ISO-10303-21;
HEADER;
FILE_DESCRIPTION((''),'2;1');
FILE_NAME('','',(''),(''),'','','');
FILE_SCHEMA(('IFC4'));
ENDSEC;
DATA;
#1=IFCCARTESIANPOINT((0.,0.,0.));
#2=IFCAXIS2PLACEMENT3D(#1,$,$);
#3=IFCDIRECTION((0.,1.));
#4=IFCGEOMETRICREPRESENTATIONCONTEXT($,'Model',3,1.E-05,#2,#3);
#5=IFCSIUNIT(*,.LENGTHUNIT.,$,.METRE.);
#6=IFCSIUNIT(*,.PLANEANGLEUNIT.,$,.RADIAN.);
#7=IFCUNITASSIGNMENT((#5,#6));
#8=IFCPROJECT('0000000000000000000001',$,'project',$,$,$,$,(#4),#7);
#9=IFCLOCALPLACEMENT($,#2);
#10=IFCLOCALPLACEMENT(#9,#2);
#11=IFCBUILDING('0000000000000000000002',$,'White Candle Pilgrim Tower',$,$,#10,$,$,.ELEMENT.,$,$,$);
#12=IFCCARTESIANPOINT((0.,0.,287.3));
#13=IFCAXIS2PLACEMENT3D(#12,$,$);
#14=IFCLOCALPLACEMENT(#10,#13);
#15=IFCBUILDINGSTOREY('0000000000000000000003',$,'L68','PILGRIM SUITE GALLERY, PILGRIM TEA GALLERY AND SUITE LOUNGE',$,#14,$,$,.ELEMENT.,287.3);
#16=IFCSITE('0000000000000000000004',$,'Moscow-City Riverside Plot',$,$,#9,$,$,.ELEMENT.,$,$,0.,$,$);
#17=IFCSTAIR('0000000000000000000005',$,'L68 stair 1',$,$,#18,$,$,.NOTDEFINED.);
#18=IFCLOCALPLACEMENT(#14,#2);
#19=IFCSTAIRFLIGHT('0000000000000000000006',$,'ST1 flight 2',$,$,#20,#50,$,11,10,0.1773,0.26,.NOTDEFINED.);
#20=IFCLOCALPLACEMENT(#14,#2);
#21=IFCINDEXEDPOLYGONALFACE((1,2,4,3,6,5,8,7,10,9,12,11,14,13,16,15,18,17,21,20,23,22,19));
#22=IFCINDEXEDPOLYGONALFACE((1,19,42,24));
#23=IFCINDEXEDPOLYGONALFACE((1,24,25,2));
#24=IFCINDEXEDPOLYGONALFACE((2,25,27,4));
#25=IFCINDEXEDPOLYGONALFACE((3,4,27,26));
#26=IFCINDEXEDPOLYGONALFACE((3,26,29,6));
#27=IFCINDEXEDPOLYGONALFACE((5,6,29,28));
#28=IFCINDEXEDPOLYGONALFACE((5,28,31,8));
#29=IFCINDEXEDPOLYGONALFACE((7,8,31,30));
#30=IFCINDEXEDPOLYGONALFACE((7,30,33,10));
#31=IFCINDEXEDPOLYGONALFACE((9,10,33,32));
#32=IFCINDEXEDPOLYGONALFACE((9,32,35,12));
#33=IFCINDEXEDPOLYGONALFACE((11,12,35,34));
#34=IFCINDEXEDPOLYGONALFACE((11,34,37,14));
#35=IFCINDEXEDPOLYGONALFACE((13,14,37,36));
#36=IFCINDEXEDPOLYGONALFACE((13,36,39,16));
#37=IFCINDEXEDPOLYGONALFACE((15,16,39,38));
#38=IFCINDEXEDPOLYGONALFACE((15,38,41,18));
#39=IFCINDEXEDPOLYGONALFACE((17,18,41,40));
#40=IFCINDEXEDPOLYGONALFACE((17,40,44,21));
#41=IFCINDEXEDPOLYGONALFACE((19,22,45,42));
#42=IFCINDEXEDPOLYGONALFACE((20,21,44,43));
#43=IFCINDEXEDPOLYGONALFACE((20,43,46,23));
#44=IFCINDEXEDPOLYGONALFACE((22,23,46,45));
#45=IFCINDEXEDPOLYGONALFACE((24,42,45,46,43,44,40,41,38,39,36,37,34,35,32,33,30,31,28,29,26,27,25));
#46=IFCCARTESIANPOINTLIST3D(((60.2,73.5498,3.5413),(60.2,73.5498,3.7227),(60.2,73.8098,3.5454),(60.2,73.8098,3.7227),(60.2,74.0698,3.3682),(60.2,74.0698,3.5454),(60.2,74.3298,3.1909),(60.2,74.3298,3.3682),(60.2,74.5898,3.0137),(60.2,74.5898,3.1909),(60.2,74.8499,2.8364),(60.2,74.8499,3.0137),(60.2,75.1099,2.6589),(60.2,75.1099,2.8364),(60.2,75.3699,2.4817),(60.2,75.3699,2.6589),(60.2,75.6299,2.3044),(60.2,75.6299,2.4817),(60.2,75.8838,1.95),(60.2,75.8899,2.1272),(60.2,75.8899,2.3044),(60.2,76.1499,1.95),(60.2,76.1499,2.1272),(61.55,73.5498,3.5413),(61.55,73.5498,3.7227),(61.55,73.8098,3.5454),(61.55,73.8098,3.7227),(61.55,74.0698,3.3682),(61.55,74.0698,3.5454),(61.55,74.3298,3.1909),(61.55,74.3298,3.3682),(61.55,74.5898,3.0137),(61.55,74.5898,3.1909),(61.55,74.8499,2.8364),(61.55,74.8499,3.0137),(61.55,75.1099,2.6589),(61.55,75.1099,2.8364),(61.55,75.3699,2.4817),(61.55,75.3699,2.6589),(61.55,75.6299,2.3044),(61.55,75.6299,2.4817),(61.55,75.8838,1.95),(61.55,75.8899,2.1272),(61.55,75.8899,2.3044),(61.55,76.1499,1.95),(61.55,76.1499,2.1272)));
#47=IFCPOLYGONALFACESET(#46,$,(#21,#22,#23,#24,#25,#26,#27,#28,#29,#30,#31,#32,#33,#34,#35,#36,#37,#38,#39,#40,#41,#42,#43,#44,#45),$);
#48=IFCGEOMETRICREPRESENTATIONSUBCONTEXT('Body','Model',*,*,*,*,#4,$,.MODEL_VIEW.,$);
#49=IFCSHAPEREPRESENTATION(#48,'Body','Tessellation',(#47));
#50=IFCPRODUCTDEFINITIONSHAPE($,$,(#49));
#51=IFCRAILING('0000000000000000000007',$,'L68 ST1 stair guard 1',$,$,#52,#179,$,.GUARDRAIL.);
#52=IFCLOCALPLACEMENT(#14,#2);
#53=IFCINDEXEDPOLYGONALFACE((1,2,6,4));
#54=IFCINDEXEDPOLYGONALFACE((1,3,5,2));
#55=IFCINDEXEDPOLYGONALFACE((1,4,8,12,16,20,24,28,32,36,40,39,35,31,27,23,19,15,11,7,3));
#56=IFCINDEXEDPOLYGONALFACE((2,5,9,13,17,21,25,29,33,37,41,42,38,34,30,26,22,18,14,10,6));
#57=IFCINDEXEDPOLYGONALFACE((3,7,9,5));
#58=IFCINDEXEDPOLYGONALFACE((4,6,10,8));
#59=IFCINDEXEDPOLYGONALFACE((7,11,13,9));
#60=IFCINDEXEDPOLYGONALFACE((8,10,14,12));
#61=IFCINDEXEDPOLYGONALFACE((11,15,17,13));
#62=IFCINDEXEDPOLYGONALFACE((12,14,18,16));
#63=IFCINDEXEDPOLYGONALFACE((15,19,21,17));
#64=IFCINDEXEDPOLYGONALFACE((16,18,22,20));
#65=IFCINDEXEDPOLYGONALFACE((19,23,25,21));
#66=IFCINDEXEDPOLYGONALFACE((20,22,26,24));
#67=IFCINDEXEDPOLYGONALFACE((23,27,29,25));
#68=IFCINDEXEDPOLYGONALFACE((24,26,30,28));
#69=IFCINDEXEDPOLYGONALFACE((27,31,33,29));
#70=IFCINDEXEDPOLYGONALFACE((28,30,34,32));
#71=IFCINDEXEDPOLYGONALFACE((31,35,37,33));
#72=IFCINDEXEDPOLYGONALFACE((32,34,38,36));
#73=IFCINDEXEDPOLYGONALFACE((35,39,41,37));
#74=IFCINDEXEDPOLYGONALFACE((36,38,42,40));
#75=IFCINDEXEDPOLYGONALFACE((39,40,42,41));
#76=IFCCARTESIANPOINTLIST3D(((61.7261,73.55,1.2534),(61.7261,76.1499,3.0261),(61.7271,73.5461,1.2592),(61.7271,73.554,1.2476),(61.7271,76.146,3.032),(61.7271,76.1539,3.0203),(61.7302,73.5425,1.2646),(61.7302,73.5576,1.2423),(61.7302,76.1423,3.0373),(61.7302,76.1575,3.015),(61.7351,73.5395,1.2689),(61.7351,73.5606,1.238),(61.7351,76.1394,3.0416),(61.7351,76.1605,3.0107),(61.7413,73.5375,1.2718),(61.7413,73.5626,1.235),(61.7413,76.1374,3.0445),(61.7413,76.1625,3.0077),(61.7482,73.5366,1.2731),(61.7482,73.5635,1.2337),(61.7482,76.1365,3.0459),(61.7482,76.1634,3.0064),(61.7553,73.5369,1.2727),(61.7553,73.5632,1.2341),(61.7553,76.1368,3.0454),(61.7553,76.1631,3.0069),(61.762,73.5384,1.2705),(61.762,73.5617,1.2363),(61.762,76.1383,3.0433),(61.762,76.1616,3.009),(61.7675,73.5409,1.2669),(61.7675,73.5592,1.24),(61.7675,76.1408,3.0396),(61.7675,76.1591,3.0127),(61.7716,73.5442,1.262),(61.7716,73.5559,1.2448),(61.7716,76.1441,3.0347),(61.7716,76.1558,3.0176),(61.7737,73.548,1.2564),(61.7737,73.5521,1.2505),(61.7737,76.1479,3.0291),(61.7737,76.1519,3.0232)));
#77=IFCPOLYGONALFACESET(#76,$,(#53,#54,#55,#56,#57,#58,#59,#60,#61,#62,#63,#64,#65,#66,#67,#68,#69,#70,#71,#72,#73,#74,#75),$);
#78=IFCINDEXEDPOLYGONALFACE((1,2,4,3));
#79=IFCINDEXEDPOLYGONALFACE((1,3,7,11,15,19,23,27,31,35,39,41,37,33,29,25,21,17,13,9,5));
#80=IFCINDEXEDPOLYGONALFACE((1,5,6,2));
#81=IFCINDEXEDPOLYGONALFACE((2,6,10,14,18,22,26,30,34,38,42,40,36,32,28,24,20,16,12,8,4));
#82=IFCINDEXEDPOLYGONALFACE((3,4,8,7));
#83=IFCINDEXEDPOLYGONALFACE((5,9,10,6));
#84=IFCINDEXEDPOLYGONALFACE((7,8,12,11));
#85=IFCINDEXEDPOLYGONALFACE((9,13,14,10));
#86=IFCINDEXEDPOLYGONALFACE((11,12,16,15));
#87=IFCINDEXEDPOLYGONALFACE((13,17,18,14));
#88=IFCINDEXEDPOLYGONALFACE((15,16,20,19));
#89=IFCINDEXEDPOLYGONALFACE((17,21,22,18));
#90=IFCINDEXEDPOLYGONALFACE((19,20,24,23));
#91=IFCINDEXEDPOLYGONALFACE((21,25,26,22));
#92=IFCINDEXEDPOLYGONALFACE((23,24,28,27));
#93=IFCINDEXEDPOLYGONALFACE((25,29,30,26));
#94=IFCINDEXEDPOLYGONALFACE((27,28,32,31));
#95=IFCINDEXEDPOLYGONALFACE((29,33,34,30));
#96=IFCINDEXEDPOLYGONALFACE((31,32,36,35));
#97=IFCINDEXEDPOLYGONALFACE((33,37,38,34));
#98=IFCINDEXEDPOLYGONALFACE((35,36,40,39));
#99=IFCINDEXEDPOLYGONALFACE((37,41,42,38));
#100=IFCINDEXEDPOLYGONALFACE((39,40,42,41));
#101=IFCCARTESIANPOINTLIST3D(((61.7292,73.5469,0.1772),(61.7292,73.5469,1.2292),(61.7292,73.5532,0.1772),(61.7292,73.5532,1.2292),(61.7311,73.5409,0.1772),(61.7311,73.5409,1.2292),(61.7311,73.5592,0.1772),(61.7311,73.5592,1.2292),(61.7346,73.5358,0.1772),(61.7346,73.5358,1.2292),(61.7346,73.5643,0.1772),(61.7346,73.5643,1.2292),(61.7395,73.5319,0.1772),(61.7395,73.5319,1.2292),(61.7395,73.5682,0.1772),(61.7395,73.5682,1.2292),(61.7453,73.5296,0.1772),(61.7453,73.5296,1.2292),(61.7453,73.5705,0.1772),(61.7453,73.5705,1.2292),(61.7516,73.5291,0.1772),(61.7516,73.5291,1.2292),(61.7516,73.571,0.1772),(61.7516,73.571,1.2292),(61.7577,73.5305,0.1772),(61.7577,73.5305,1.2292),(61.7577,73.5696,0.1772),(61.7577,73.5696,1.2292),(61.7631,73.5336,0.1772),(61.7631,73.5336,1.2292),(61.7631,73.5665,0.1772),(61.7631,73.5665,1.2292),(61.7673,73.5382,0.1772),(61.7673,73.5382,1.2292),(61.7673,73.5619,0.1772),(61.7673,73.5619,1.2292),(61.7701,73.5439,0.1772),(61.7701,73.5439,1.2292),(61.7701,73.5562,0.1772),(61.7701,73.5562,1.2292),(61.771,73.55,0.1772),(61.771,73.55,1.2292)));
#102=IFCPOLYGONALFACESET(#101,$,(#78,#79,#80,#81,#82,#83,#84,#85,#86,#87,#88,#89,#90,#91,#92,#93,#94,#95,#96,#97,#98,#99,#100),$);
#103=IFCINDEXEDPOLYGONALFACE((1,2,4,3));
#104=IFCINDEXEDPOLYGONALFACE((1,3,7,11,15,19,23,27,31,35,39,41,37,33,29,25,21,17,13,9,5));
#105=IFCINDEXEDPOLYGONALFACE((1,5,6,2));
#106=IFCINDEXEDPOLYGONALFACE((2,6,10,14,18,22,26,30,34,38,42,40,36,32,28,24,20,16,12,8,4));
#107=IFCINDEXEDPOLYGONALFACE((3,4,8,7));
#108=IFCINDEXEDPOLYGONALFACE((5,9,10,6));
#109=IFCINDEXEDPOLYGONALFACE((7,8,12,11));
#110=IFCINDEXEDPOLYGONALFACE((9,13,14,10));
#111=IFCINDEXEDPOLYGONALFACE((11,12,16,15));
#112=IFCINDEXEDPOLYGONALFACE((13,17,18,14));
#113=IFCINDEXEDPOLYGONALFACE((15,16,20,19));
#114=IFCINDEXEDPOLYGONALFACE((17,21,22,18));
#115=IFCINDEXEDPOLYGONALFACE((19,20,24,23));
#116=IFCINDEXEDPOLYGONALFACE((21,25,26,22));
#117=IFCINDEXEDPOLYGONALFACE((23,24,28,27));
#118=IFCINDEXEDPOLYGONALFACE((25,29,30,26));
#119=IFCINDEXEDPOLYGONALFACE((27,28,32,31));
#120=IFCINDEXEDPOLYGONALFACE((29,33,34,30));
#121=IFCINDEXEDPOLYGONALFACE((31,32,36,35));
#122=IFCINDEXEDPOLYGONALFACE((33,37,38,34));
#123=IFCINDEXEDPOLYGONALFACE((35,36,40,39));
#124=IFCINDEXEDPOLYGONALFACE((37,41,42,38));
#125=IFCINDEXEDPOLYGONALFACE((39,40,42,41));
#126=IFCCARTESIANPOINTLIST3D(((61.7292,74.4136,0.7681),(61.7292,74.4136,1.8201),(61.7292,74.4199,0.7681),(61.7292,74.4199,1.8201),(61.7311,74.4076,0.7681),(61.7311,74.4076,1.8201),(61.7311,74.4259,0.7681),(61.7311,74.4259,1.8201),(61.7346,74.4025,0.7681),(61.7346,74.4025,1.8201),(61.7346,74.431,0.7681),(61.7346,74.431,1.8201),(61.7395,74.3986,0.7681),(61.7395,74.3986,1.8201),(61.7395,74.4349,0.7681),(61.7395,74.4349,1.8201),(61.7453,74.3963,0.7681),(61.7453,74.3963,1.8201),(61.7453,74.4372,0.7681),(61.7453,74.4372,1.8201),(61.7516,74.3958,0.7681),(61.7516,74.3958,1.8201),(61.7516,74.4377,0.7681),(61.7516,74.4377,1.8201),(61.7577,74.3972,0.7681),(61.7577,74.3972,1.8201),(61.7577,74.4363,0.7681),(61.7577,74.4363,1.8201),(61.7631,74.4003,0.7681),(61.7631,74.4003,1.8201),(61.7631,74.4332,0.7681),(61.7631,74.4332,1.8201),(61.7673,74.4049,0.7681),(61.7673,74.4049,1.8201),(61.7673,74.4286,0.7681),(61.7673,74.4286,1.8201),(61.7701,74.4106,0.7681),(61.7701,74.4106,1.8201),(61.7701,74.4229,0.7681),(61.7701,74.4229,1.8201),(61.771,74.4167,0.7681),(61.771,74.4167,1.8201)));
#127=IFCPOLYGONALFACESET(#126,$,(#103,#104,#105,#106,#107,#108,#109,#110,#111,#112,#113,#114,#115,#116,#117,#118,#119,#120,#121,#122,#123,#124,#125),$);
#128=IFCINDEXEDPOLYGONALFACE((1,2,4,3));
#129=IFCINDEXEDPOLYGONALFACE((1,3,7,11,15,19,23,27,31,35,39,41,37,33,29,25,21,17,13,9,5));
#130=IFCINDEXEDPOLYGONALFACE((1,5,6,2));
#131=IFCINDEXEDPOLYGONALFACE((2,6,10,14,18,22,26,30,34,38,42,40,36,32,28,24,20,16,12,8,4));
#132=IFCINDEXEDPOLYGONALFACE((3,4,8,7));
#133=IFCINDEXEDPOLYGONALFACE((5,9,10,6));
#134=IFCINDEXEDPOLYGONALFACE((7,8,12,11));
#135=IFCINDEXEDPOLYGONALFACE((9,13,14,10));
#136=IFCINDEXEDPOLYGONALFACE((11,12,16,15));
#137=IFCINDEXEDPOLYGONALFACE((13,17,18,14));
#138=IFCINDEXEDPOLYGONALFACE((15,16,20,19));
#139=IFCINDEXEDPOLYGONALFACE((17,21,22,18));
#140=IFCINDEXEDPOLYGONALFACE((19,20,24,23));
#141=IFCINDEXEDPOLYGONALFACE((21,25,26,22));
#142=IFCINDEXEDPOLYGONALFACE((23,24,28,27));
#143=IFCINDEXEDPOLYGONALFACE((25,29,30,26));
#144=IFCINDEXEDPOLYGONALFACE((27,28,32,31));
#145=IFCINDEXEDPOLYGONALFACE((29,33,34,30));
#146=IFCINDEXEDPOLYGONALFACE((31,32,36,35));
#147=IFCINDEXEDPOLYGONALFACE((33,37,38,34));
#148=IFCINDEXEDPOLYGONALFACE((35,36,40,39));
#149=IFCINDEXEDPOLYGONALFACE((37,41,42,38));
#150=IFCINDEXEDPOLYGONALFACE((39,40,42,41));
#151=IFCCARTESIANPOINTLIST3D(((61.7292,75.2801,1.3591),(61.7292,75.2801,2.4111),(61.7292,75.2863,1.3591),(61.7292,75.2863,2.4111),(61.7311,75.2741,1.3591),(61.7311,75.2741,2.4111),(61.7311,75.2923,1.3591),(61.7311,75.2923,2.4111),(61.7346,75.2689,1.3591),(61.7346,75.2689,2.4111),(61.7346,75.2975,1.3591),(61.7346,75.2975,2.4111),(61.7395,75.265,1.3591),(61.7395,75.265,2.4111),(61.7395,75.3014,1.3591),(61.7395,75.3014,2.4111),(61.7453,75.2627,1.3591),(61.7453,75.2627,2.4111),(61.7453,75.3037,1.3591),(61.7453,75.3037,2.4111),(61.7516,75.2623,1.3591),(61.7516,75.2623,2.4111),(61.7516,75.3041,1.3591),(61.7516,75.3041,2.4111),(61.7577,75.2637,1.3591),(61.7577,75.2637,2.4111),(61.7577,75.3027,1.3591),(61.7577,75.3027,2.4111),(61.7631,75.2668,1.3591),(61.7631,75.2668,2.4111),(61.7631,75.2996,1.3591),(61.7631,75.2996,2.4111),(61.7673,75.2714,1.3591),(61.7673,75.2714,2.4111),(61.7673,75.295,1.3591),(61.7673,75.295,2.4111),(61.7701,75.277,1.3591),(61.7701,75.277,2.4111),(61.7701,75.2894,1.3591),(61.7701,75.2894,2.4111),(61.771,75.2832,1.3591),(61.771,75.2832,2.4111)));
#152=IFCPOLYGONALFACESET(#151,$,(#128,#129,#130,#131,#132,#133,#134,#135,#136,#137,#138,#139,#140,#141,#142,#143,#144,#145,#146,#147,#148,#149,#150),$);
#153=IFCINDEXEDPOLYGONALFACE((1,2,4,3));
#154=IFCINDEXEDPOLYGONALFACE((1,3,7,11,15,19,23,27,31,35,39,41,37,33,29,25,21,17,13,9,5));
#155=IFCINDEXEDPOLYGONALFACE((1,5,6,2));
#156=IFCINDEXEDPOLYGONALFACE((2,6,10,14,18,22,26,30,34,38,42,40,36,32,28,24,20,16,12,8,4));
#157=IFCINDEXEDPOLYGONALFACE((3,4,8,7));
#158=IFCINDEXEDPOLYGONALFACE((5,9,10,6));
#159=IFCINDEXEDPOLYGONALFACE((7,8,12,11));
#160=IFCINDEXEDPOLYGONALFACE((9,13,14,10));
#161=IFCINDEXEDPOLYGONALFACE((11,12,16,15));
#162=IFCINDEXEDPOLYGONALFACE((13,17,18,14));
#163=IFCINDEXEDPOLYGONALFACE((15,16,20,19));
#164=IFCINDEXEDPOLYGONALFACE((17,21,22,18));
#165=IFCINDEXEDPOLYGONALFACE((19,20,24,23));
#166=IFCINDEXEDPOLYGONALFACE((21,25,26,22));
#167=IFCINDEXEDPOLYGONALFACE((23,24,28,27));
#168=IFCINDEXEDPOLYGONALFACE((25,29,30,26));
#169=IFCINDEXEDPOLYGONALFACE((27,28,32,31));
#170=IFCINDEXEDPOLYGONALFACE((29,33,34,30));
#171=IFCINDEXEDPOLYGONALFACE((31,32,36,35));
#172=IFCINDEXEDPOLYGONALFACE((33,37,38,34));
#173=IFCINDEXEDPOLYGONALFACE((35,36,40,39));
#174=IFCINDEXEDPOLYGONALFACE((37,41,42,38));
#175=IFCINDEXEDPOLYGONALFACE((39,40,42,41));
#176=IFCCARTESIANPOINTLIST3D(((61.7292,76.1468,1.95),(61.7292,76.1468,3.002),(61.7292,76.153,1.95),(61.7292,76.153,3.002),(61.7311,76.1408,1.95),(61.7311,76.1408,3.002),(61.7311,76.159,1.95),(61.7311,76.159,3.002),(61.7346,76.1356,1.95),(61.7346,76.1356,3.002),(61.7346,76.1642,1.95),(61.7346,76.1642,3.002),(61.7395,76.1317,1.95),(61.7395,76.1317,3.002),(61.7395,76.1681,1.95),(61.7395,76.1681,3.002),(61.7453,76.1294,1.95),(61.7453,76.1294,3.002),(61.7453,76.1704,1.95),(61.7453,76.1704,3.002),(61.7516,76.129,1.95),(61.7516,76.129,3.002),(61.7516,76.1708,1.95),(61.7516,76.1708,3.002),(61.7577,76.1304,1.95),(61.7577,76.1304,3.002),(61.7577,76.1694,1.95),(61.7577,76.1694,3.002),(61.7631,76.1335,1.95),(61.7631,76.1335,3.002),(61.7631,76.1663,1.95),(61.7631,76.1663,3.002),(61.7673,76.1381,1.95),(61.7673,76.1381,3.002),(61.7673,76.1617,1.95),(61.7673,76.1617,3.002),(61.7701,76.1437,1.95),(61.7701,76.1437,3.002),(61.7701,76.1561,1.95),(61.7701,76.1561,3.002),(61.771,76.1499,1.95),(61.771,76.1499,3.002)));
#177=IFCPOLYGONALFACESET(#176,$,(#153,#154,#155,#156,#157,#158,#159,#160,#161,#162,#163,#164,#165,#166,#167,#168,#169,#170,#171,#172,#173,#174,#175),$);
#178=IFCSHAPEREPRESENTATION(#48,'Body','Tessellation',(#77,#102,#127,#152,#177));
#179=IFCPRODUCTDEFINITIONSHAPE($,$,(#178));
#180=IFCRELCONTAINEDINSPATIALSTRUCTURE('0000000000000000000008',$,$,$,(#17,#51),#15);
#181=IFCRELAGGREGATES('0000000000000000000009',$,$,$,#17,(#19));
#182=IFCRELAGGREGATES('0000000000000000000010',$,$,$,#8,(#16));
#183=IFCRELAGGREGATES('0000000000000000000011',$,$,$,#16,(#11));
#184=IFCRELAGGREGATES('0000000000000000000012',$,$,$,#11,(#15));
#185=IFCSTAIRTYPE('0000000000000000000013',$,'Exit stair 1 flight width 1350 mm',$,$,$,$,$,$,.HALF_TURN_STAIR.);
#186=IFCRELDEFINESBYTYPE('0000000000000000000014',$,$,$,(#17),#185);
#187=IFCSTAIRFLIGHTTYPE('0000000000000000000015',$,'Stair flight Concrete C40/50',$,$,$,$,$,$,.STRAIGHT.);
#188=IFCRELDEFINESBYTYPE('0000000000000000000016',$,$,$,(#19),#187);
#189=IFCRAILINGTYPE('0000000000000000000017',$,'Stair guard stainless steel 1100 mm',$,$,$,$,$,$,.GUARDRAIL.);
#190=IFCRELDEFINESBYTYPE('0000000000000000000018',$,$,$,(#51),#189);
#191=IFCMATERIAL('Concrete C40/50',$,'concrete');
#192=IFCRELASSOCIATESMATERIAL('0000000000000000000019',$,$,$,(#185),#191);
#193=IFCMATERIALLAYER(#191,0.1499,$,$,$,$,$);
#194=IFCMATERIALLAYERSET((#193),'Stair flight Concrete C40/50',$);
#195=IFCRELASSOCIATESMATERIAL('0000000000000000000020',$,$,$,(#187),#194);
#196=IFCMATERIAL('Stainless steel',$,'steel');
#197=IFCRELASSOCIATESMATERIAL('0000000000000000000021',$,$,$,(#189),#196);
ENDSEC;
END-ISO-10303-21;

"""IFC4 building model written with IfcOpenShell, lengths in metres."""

from ifc_helpers import new_model, si_unit, direction, frame, origin, origin_2d, place, context, subcontext, project, spatial, polyline, circle, outline, extrude, material, layer, layer_set, type_object, element, aggregate, save


model = new_model("IFC4")

# Units and contexts
model_context = context("Model", 3, precision=1e-05, world=origin(), true_north=direction((0.0, 1.0)))
body_context = subcontext(model_context, "Body", "Model", "MODEL_VIEW")
ifc_project = project(units=[si_unit("LENGTHUNIT", "METRE"), si_unit("PLANEANGLEUNIT", "RADIAN")], contexts=[model_context])

# Site, building, storey
site_placement = place(None, origin())
site = spatial("IfcSite", under=ifc_project, at=site_placement, Name="Moscow-City Riverside Plot", CompositionType="ELEMENT", RefElevation=0.0)
building_placement = place(site_placement, origin())
building = spatial("IfcBuilding", under=site, at=building_placement, Name="White Candle Pilgrim Tower", CompositionType="ELEMENT")
storey_placement = place(building_placement, frame((0.0, 0.0, 287.3)))
storey = spatial("IfcBuildingStorey", under=building, at=storey_placement, Name="L68", Description="PILGRIM SUITE GALLERY, PILGRIM TEA GALLERY AND SUITE LOUNGE", CompositionType="ELEMENT", Elevation=287.3)

# Stair, stair flight
ifc_material_1 = material(Name="Concrete C40/50", Category="concrete")
stair_type = type_object("IfcStairType", Name="Exit stair 1 flight width 1350 mm", PredefinedType="HALF_TURN_STAIR", material=ifc_material_1)
stair_placement = place(storey_placement, origin())
stair = element("IfcStair", 1, at=stair_placement, inside=storey, type_object=stair_type, Name="L68 stair 1", PredefinedType="NOTDEFINED")
ifc_layer_1 = layer(ifc_material_1, 0.1499)
ifc_layer_set_1 = layer_set([ifc_layer_1], Name="Stair flight Concrete C40/50")
stair_flight_type = type_object("IfcStairFlightType", Name="Stair flight Concrete C40/50", PredefinedType="STRAIGHT", material=ifc_layer_set_1)
stair_flight_1_placement = place(storey_placement, frame((60.875, 76.1499, 1.95), z_axis=(0.0, 0.0, 1.0), x_axis=(0.0, -1.0, 0.0)))
stair_flight_1 = element("IfcStairFlight", 2, at=stair_flight_1_placement, type_object=stair_flight_type, Name="ST1 flight 2", NumberOfRisers=11, NumberOfTreads=10, PredefinedType="NOTDEFINED", RiserHeight=0.1773, TreadLength=0.26, context=body_context, shape_type="SweptSolid", body=[
    extrude(outline(polyline([(0.0, 0.0), (0.0, 0.1772), (0.26, 0.1772), (0.26, 0.3545), (0.52, 0.3545), (0.52, 0.5317), (0.78, 0.5317), (0.78, 0.709), (1.04, 0.709), (1.04, 0.8865), (1.3, 0.8865), (1.3, 1.0637), (1.5601, 1.0637), (1.5601, 1.241), (1.8201, 1.241), (1.8201, 1.4182), (2.0801, 1.4182), (2.0801, 1.5955), (2.3401, 1.5955), (2.3401, 1.7727), (2.6001, 1.7727), (2.6001, 1.95), (2.6001, 1.5913), (0.2661, 0.0), (0.0, 0.0)])), frame((0.0, 0.675, 0.0), z_axis=(0.0, -1.0, 0.0), x_axis=(1.0, 0.0, 0.0)), (0.0, 0.0, 1.0), 1.3501),
])
aggregate(stair, [stair_flight_1])

# Railing
ifc_material_2 = material(Name="Stainless steel", Category="steel")
railing_type_1 = type_object("IfcRailingType", Name="Stair guard stainless steel 1100 mm", PredefinedType="GUARDRAIL", material=ifc_material_2)
railing_1_placement = place(storey_placement, frame((61.75, 73.55, 0.1772)))
element("IfcRailing", 3, at=railing_1_placement, inside=storey, type_object=railing_type_1, Name="L68 ST1 stair guard 1", PredefinedType="GUARDRAIL", context=body_context, shape_type="SweptSolid", body=[
    extrude(circle(Radius=0.0239, at=origin_2d()), frame((0.0, 0.0, 1.0762), z_axis=(0.0, 0.826216, 0.563354), x_axis=(-1.0, 0.0, 0.0)), (0.0, 0.0, 1.0), 3.1467),
    extrude(circle(Radius=0.021, at=origin_2d()), origin(), (0.0, 0.0, 1.0), 1.052),
    extrude(circle(Radius=0.021, at=origin_2d()), frame((0.0, 0.8667, 0.5908)), (0.0, 0.0, 1.0), 1.052),
    extrude(circle(Radius=0.021, at=origin_2d()), frame((0.0, 1.7332, 1.1819)), (0.0, 0.0, 1.0), 1.052),
    extrude(circle(Radius=0.021, at=origin_2d()), frame((0.0, 2.5999, 1.7727)), (0.0, 0.0, 1.0), 1.052),
])

save(model, "model.ifc")
